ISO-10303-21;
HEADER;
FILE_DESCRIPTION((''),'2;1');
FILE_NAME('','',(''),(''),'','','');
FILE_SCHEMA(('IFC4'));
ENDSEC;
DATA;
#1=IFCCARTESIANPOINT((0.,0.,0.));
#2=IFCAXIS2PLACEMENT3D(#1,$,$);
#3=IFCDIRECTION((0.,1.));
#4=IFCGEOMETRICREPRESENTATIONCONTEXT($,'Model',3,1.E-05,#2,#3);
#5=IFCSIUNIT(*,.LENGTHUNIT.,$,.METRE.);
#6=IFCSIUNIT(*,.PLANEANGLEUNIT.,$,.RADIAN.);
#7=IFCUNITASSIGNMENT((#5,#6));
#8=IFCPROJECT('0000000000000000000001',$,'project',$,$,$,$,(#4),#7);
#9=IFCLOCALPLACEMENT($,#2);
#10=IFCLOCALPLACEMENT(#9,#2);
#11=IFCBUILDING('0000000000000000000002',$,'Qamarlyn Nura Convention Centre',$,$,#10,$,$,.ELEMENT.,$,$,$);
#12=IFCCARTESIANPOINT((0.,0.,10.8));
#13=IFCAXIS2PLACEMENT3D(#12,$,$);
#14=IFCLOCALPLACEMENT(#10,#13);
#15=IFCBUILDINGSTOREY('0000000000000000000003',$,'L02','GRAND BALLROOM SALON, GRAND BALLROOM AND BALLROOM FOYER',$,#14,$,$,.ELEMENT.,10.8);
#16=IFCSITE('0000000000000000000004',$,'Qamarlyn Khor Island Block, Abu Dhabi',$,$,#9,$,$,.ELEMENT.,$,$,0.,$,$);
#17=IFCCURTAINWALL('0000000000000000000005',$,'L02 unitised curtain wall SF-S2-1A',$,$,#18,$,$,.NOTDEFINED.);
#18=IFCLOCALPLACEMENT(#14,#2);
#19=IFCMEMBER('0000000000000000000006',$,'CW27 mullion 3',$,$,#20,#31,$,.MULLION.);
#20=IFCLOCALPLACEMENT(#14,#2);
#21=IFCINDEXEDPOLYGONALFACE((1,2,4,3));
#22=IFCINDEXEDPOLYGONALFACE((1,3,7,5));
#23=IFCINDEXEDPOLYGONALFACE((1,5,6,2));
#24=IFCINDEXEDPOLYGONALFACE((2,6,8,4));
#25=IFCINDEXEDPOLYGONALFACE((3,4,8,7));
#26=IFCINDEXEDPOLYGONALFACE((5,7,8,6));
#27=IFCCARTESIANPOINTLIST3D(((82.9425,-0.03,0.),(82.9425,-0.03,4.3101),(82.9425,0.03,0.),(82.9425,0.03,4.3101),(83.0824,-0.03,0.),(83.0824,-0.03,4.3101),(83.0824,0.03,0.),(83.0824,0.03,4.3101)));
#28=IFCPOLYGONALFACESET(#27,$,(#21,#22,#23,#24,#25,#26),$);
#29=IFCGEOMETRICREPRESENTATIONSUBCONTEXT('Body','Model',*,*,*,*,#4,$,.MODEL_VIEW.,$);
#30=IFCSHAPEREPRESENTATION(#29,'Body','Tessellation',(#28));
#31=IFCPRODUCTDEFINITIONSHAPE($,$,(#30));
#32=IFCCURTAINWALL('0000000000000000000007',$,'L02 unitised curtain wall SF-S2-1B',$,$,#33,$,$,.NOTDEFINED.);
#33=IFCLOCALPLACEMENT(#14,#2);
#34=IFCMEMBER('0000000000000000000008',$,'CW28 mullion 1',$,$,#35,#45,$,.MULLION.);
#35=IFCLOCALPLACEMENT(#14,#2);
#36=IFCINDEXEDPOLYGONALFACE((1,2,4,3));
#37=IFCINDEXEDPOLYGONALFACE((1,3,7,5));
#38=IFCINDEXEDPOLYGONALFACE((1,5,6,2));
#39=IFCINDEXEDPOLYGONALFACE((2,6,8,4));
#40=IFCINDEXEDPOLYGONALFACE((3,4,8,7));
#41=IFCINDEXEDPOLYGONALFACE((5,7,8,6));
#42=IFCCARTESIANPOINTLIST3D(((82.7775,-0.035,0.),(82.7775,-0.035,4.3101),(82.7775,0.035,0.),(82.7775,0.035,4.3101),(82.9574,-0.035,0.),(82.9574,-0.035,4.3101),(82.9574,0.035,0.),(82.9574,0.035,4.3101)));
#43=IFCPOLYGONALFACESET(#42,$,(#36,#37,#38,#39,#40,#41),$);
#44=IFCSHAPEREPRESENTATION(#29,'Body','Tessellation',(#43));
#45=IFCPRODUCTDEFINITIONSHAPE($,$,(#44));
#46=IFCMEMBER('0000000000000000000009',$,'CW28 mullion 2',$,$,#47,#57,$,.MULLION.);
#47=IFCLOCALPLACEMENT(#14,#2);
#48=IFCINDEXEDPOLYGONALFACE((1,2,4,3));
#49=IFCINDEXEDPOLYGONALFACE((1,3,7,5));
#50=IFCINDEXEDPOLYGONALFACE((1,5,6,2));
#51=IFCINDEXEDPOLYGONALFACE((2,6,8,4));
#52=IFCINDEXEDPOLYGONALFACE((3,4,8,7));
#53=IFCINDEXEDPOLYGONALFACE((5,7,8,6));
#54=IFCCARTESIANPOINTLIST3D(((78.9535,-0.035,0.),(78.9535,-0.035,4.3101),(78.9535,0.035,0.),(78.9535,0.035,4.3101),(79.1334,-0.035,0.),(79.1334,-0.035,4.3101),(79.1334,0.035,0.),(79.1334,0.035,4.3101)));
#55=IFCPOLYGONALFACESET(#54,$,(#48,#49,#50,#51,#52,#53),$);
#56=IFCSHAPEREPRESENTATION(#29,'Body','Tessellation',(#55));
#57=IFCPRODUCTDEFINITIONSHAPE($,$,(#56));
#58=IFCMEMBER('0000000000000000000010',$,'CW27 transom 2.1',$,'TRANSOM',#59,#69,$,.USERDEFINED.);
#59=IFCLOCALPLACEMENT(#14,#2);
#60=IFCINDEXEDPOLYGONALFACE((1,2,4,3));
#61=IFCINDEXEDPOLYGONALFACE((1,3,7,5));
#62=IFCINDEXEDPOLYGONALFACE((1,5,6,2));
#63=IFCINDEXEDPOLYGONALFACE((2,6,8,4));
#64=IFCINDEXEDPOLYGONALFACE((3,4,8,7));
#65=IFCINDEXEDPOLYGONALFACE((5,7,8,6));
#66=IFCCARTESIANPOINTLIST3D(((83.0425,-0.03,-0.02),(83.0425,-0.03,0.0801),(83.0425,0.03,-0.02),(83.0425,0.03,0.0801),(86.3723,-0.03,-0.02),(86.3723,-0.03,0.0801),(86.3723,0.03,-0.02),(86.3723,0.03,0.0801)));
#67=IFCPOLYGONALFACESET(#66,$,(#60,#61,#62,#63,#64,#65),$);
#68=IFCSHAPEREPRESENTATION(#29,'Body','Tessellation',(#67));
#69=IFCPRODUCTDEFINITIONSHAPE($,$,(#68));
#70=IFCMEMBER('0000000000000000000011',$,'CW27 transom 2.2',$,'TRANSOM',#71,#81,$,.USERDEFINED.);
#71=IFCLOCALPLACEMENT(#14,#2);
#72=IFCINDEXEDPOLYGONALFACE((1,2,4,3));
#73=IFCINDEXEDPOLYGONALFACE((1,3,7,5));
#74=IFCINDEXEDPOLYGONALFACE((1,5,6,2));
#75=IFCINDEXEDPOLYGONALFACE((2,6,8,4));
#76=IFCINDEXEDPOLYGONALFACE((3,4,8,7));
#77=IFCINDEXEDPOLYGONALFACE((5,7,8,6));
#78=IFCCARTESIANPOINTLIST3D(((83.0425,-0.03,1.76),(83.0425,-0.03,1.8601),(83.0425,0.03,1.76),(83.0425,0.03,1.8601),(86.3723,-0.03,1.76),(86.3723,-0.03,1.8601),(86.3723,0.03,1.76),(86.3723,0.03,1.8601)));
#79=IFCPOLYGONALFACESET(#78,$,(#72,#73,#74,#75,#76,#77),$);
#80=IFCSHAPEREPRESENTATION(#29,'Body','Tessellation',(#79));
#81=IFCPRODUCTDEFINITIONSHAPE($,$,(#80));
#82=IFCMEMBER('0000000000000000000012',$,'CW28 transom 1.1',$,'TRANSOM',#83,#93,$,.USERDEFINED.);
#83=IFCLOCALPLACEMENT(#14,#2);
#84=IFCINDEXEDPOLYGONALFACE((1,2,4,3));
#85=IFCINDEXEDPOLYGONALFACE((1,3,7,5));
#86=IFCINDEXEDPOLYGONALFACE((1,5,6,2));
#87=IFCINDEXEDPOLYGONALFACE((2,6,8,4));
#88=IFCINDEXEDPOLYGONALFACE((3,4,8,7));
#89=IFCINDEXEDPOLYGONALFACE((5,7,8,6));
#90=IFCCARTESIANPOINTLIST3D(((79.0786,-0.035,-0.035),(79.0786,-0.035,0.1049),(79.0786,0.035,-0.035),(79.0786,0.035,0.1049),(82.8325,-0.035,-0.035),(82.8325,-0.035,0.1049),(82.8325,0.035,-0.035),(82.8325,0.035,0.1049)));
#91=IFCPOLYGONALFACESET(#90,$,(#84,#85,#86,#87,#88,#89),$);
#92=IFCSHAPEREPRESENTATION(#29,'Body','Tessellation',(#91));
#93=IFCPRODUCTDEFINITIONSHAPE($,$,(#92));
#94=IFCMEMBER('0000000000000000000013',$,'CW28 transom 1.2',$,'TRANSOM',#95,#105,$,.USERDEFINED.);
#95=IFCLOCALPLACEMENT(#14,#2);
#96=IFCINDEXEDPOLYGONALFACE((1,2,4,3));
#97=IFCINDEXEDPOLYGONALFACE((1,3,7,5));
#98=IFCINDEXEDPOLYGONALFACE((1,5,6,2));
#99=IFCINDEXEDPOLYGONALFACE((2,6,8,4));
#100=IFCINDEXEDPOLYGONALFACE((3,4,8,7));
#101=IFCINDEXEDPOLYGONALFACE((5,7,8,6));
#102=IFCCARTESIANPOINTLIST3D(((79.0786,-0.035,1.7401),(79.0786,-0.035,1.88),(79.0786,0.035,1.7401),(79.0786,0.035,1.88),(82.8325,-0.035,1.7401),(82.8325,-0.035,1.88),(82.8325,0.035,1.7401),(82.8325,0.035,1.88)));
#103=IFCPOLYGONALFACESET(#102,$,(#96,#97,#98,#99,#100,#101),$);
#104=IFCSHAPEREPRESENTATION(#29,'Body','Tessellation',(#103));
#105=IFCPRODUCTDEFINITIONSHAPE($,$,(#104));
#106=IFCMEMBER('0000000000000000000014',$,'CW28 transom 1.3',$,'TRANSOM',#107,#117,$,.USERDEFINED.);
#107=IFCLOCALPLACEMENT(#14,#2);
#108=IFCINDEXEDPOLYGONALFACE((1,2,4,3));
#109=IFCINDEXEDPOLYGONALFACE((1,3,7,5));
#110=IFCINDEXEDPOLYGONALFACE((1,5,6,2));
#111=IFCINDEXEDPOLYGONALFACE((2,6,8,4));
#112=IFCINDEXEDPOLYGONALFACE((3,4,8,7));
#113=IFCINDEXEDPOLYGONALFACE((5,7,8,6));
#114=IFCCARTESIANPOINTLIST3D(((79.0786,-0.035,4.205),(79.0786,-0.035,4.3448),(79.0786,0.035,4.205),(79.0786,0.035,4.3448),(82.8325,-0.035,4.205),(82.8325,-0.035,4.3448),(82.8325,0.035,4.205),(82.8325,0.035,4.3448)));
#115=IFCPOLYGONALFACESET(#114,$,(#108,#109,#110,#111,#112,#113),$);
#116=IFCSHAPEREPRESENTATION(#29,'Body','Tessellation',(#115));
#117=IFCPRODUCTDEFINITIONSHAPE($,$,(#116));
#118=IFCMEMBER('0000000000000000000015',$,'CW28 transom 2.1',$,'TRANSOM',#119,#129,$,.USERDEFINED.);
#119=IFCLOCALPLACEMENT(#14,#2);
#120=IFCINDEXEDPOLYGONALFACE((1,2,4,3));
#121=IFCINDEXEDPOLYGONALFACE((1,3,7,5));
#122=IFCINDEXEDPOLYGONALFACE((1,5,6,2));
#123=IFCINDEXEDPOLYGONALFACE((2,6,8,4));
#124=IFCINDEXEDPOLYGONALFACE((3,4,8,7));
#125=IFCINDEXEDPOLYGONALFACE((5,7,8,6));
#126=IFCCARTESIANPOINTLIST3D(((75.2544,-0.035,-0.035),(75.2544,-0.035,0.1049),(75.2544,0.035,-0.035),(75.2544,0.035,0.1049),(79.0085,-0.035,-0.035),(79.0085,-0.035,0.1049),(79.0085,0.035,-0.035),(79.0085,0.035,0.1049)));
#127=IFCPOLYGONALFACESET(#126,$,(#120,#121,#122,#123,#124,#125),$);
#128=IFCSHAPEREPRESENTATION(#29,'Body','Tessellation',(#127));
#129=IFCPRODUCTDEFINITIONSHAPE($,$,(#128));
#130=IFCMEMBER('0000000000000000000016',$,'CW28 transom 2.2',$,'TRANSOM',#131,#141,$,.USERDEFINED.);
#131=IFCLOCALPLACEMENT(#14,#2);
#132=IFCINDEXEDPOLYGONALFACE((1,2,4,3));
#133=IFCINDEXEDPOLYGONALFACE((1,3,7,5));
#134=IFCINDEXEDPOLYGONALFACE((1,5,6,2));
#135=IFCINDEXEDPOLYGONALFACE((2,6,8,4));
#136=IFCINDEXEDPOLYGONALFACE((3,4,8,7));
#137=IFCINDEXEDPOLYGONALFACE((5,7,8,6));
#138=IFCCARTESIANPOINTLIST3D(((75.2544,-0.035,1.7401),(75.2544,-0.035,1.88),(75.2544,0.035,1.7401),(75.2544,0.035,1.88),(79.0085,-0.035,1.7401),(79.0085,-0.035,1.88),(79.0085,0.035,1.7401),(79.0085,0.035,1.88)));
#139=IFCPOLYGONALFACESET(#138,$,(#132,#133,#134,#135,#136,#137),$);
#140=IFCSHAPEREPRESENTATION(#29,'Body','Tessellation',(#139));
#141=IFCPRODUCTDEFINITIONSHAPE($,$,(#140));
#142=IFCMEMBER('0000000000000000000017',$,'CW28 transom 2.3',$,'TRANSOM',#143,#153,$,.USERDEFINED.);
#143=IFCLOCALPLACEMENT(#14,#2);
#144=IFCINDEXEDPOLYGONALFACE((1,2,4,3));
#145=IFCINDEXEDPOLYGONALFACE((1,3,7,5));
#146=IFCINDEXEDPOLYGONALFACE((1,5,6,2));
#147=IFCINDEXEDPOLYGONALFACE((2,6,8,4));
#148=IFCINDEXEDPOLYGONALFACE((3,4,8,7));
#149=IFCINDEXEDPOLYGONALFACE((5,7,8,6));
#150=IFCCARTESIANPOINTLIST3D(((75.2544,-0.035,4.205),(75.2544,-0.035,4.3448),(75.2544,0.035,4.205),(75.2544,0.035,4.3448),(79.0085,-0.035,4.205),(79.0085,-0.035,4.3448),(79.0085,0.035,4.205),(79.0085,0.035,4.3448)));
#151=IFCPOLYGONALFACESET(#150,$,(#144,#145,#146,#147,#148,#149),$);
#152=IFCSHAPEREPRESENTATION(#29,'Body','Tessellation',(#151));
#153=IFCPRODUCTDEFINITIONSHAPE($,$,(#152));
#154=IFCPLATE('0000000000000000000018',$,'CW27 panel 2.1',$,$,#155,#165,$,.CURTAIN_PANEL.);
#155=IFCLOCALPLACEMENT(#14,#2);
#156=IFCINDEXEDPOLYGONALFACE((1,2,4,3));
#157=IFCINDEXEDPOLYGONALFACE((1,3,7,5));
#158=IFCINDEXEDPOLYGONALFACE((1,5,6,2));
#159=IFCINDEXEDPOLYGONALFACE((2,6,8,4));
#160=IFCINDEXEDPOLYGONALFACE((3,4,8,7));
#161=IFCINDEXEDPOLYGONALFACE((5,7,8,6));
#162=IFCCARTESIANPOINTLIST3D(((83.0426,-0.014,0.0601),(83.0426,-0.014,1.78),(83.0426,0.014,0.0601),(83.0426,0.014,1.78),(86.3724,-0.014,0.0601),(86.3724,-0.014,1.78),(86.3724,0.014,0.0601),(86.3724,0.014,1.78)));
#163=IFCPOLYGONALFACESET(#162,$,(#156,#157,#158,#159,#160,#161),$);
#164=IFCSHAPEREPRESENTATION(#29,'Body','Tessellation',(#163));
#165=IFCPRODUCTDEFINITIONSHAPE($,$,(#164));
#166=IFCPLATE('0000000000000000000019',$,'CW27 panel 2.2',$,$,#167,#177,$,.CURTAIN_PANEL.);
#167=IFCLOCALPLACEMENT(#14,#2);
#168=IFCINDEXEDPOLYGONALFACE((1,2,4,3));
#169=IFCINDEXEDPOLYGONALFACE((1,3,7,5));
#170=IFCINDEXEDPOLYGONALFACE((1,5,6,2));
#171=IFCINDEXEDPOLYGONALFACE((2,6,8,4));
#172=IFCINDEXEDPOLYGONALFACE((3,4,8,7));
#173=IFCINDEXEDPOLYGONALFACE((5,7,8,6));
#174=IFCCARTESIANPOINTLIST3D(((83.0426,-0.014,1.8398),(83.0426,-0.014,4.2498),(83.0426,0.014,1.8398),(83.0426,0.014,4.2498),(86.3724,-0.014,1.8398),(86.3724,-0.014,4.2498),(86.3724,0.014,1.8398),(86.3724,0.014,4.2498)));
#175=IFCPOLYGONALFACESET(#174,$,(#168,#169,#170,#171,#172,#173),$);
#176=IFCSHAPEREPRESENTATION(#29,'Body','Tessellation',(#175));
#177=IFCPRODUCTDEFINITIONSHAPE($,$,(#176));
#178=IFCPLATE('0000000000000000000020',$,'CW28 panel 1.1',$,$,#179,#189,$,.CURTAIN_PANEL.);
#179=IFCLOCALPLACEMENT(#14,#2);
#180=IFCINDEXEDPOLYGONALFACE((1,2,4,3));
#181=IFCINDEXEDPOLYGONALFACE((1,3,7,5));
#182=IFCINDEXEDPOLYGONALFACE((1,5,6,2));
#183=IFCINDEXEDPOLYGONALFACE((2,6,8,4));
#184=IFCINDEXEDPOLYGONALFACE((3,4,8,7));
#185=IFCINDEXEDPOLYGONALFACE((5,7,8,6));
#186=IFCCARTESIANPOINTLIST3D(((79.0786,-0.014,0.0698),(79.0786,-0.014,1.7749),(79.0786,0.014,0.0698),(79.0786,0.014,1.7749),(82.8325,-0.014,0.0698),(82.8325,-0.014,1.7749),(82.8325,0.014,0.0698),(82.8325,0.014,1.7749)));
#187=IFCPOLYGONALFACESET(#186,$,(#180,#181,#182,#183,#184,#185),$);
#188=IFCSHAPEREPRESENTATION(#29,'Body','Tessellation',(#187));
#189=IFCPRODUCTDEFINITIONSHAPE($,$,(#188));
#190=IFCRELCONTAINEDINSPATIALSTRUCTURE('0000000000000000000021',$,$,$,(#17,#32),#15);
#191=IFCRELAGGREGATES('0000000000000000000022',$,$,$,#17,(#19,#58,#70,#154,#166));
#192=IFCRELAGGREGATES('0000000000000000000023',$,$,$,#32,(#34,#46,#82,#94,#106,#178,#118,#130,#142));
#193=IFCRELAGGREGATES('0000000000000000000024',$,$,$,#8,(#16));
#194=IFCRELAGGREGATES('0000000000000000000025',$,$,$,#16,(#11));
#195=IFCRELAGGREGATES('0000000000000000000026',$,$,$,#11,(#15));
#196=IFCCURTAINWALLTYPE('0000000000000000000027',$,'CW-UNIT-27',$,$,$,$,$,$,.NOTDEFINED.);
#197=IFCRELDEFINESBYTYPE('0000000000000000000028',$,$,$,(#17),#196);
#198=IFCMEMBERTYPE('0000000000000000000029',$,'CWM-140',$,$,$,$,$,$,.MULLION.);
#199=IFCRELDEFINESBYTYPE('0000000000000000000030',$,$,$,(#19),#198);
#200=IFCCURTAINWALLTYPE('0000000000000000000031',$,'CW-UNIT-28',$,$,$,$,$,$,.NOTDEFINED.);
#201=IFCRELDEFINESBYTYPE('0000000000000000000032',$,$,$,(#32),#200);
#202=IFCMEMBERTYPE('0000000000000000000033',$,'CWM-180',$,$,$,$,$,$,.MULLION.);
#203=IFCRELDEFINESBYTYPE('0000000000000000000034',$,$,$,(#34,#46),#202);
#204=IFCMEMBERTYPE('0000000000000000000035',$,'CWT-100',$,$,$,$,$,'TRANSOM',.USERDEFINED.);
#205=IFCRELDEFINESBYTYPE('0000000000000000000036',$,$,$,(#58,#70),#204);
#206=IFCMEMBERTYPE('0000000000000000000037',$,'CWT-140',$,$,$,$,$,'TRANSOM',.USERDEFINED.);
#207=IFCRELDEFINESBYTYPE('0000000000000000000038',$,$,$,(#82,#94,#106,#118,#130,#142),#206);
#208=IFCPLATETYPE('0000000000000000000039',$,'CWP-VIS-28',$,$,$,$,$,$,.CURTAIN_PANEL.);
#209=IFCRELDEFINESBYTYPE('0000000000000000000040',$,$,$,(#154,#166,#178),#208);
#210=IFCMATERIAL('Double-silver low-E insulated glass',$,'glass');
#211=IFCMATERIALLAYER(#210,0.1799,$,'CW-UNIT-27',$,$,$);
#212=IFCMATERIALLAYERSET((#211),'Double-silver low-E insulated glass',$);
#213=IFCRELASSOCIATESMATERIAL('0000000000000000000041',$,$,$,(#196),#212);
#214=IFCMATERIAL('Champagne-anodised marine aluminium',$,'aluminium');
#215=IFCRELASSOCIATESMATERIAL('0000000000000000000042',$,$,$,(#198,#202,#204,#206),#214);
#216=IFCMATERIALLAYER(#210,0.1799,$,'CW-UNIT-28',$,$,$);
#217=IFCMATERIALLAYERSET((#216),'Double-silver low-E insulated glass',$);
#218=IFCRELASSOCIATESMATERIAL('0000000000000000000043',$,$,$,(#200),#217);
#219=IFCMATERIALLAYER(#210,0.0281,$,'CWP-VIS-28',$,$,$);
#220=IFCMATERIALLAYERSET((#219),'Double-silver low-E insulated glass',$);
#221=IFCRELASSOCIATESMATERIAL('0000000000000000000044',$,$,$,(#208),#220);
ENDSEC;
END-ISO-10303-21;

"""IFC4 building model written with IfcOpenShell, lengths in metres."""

from ifc_helpers import new_model, si_unit, direction, frame, origin, origin_2d, place, context, subcontext, project, spatial, rectangle, extrude, material, layer, layer_set, material_profile, profile_set, type_object, element, aggregate, save


model = new_model("IFC4")

# Units and contexts
model_context = context("Model", 3, precision=1e-05, world=origin(), true_north=direction((0.0, 1.0)))
body_context = subcontext(model_context, "Body", "Model", "MODEL_VIEW")
ifc_project = project(units=[si_unit("LENGTHUNIT", "METRE"), si_unit("PLANEANGLEUNIT", "RADIAN")], contexts=[model_context])

# Site, building, storey
site_placement = place(None, origin())
site = spatial("IfcSite", under=ifc_project, at=site_placement, Name="Qamarlyn Khor Island Block, Abu Dhabi", CompositionType="ELEMENT", RefElevation=0.0)
building_placement = place(site_placement, origin())
building = spatial("IfcBuilding", under=site, at=building_placement, Name="Qamarlyn Nura Convention Centre", CompositionType="ELEMENT")
storey_placement = place(building_placement, frame((0.0, 0.0, 10.8)))
storey = spatial("IfcBuildingStorey", under=building, at=storey_placement, Name="L02", Description="GRAND BALLROOM SALON, GRAND BALLROOM AND BALLROOM FOYER", CompositionType="ELEMENT", Elevation=10.8)

# Curtain wall, member
ifc_material_1 = material(Name="Double-silver low-E insulated glass", Category="glass")
ifc_layer_1 = layer(ifc_material_1, 0.1799, Name="CW-UNIT-27")
ifc_layer_set_1 = layer_set([ifc_layer_1], Name="Double-silver low-E insulated glass")
curtain_wall_type_1 = type_object("IfcCurtainWallType", Name="CW-UNIT-27", PredefinedType="NOTDEFINED", material=ifc_layer_set_1)
curtain_wall_1_placement = place(storey_placement, origin())
curtain_wall_1 = element("IfcCurtainWall", 1, at=curtain_wall_1_placement, inside=storey, type_object=curtain_wall_type_1, Name="L02 unitised curtain wall SF-S2-1A", PredefinedType="NOTDEFINED")
ifc_material_2 = material(Name="Champagne-anodised marine aluminium", Category="aluminium")
ifc_material_profile_1 = material_profile(ifc_material_2, rectangle(XDim=0.0601, YDim=0.1399, at=origin_2d()), Name="ALU MULLION 60x140")
ifc_profile_set_1 = profile_set([ifc_material_profile_1], Name="Champagne-anodised marine aluminium")
member_type_1 = type_object("IfcMemberType", Name="CWM-140", PredefinedType="MULLION", material=ifc_profile_set_1)
member_1_placement = place(storey_placement, frame((83.0125, 0.0, 0.0), z_axis=(0.0, 0.0, 1.0), x_axis=(0.0, -1.0, 0.0)))
member_1 = element("IfcMember", 2, at=member_1_placement, type_object=member_type_1, Name="CW27 mullion 3", PredefinedType="MULLION", context=body_context, shape_type="SweptSolid", body=[
    extrude(rectangle(XDim=0.0601, YDim=0.1399, at=origin_2d()), origin(), (0.0, 0.0, 1.0), 4.3101),
])

# Curtain wall, members
ifc_layer_2 = layer(ifc_material_1, 0.1799, Name="CW-UNIT-28")
ifc_layer_set_2 = layer_set([ifc_layer_2], Name="Double-silver low-E insulated glass")
curtain_wall_type_2 = type_object("IfcCurtainWallType", Name="CW-UNIT-28", PredefinedType="NOTDEFINED", material=ifc_layer_set_2)
curtain_wall_2_placement = place(storey_placement, origin())
curtain_wall_2 = element("IfcCurtainWall", 3, at=curtain_wall_2_placement, inside=storey, type_object=curtain_wall_type_2, Name="L02 unitised curtain wall SF-S2-1B", PredefinedType="NOTDEFINED")
ifc_material_profile_2 = material_profile(ifc_material_2, rectangle(XDim=0.0701, YDim=0.1799, at=origin_2d()), Name="ALU MULLION 70x180")
ifc_profile_set_2 = profile_set([ifc_material_profile_2], Name="Champagne-anodised marine aluminium")
member_type_2 = type_object("IfcMemberType", Name="CWM-180", PredefinedType="MULLION", material=ifc_profile_set_2)
member_2_placement = place(storey_placement, frame((82.8674, 0.0, 0.0), z_axis=(0.0, 0.0, 1.0), x_axis=(0.0, -1.0, 0.0)))
member_2 = element("IfcMember", 4, at=member_2_placement, type_object=member_type_2, Name="CW28 mullion 1", PredefinedType="MULLION", context=body_context, shape_type="SweptSolid", body=[
    extrude(rectangle(XDim=0.0701, YDim=0.1799, at=origin_2d()), origin(), (0.0, 0.0, 1.0), 4.3101),
])
member_3_placement = place(storey_placement, frame((79.0435, 0.0, 0.0), z_axis=(0.0, 0.0, 1.0), x_axis=(0.0, -1.0, 0.0)))
member_3 = element("IfcMember", 5, at=member_3_placement, type_object=member_type_2, Name="CW28 mullion 2", PredefinedType="MULLION", context=body_context, shape_type="SweptSolid", body=[
    extrude(rectangle(XDim=0.0701, YDim=0.1799, at=origin_2d()), origin(), (0.0, 0.0, 1.0), 4.3101),
])

# Members
ifc_material_profile_3 = material_profile(ifc_material_2, rectangle(XDim=0.0601, YDim=0.1001, at=origin_2d()), Name="ALU TRANSOM 60x100")
ifc_profile_set_3 = profile_set([ifc_material_profile_3], Name="Champagne-anodised marine aluminium")
member_type_3 = type_object("IfcMemberType", Name="CWT-100", ElementType="TRANSOM", PredefinedType="USERDEFINED", material=ifc_profile_set_3)
member_4_placement = place(storey_placement, frame((86.3723, 0.0, 0.03), z_axis=(-1.0, 0.0, 0.0), x_axis=(0.0, -1.0, 0.0)))
member_4 = element("IfcMember", 6, at=member_4_placement, type_object=member_type_3, Name="CW27 transom 2.1", ObjectType="TRANSOM", PredefinedType="USERDEFINED", context=body_context, shape_type="SweptSolid", body=[
    extrude(rectangle(XDim=0.0601, YDim=0.1001, at=origin_2d()), origin(), (0.0, 0.0, 1.0), 3.3298),
])
member_5_placement = place(storey_placement, frame((86.3723, 0.0, 1.8101), z_axis=(-1.0, 0.0, 0.0), x_axis=(0.0, -1.0, 0.0)))
member_5 = element("IfcMember", 7, at=member_5_placement, type_object=member_type_3, Name="CW27 transom 2.2", ObjectType="TRANSOM", PredefinedType="USERDEFINED", context=body_context, shape_type="SweptSolid", body=[
    extrude(rectangle(XDim=0.0601, YDim=0.1001, at=origin_2d()), origin(), (0.0, 0.0, 1.0), 3.3298),
])
ifc_material_profile_4 = material_profile(ifc_material_2, rectangle(XDim=0.0701, YDim=0.1399, at=origin_2d()), Name="ALU TRANSOM 70x140")
ifc_profile_set_4 = profile_set([ifc_material_profile_4], Name="Champagne-anodised marine aluminium")
member_type_4 = type_object("IfcMemberType", Name="CWT-140", ElementType="TRANSOM", PredefinedType="USERDEFINED", material=ifc_profile_set_4)
member_6_placement = place(storey_placement, frame((82.8325, 0.0, 0.0349), z_axis=(-1.0, 0.0, 0.0), x_axis=(0.0, -1.0, 0.0)))
member_6 = element("IfcMember", 8, at=member_6_placement, type_object=member_type_4, Name="CW28 transom 1.1", ObjectType="TRANSOM", PredefinedType="USERDEFINED", context=body_context, shape_type="SweptSolid", body=[
    extrude(rectangle(XDim=0.0701, YDim=0.1399, at=origin_2d()), origin(), (0.0, 0.0, 1.0), 3.7539),
])
member_7_placement = place(storey_placement, frame((82.8325, 0.0, 1.8101), z_axis=(-1.0, 0.0, 0.0), x_axis=(0.0, -1.0, 0.0)))
member_7 = element("IfcMember", 9, at=member_7_placement, type_object=member_type_4, Name="CW28 transom 1.2", ObjectType="TRANSOM", PredefinedType="USERDEFINED", context=body_context, shape_type="SweptSolid", body=[
    extrude(rectangle(XDim=0.0701, YDim=0.1399, at=origin_2d()), origin(), (0.0, 0.0, 1.0), 3.7539),
])
member_8_placement = place(storey_placement, frame((82.8325, 0.0, 4.2749), z_axis=(-1.0, 0.0, 0.0), x_axis=(0.0, -1.0, 0.0)))
member_8 = element("IfcMember", 10, at=member_8_placement, type_object=member_type_4, Name="CW28 transom 1.3", ObjectType="TRANSOM", PredefinedType="USERDEFINED", context=body_context, shape_type="SweptSolid", body=[
    extrude(rectangle(XDim=0.0701, YDim=0.1399, at=origin_2d()), origin(), (0.0, 0.0, 1.0), 3.7539),
])
member_9_placement = place(storey_placement, frame((79.0085, 0.0, 0.0349), z_axis=(-1.0, 0.0, 0.0), x_axis=(0.0, -1.0, 0.0)))
member_9 = element("IfcMember", 11, at=member_9_placement, type_object=member_type_4, Name="CW28 transom 2.1", ObjectType="TRANSOM", PredefinedType="USERDEFINED", context=body_context, shape_type="SweptSolid", body=[
    extrude(rectangle(XDim=0.0701, YDim=0.1399, at=origin_2d()), origin(), (0.0, 0.0, 1.0), 3.7542),
])
member_10_placement = place(storey_placement, frame((79.0085, 0.0, 1.8101), z_axis=(-1.0, 0.0, 0.0), x_axis=(0.0, -1.0, 0.0)))
member_10 = element("IfcMember", 12, at=member_10_placement, type_object=member_type_4, Name="CW28 transom 2.2", ObjectType="TRANSOM", PredefinedType="USERDEFINED", context=body_context, shape_type="SweptSolid", body=[
    extrude(rectangle(XDim=0.0701, YDim=0.1399, at=origin_2d()), origin(), (0.0, 0.0, 1.0), 3.7542),
])
member_11_placement = place(storey_placement, frame((79.0085, 0.0, 4.2749), z_axis=(-1.0, 0.0, 0.0), x_axis=(0.0, -1.0, 0.0)))
member_11 = element("IfcMember", 13, at=member_11_placement, type_object=member_type_4, Name="CW28 transom 2.3", ObjectType="TRANSOM", PredefinedType="USERDEFINED", context=body_context, shape_type="SweptSolid", body=[
    extrude(rectangle(XDim=0.0701, YDim=0.1399, at=origin_2d()), origin(), (0.0, 0.0, 1.0), 3.7542),
])

# Plates
ifc_layer_3 = layer(ifc_material_1, 0.0281, Name="CWP-VIS-28")
ifc_layer_set_3 = layer_set([ifc_layer_3], Name="Double-silver low-E insulated glass")
plate_type = type_object("IfcPlateType", Name="CWP-VIS-28", PredefinedType="CURTAIN_PANEL", material=ifc_layer_set_3)
plate_1_placement = place(storey_placement, frame((84.7075, 0.0, 0.0601), z_axis=(0.0, 0.0, 1.0), x_axis=(-1.0, 0.0, 0.0)))
plate_1 = element("IfcPlate", 14, at=plate_1_placement, type_object=plate_type, Name="CW27 panel 2.1", PredefinedType="CURTAIN_PANEL", context=body_context, shape_type="SweptSolid", body=[
    extrude(rectangle(XDim=3.3298, YDim=0.0281, at=origin_2d()), origin(), (0.0, 0.0, 1.0), 1.72),
])
plate_2_placement = place(storey_placement, frame((84.7075, 0.0, 1.8398), z_axis=(0.0, 0.0, 1.0), x_axis=(-1.0, 0.0, 0.0)))
plate_2 = element("IfcPlate", 15, at=plate_2_placement, type_object=plate_type, Name="CW27 panel 2.2", PredefinedType="CURTAIN_PANEL", context=body_context, shape_type="SweptSolid", body=[
    extrude(rectangle(XDim=3.3298, YDim=0.0281, at=origin_2d()), origin(), (0.0, 0.0, 1.0), 2.4099),
])
aggregate(curtain_wall_1, [member_1, member_4, member_5, plate_1, plate_2])
plate_3_placement = place(storey_placement, frame((80.9556, 0.0, 0.0698), z_axis=(0.0, 0.0, 1.0), x_axis=(-1.0, 0.0, 0.0)))
plate_3 = element("IfcPlate", 16, at=plate_3_placement, type_object=plate_type, Name="CW28 panel 1.1", PredefinedType="CURTAIN_PANEL", context=body_context, shape_type="SweptSolid", body=[
    extrude(rectangle(XDim=3.7539, YDim=0.0281, at=origin_2d()), origin(), (0.0, 0.0, 1.0), 1.7051),
])
aggregate(curtain_wall_2, [member_2, member_3, member_6, member_7, member_8, plate_3, member_9, member_10, member_11])

save(model, "model.ifc")
